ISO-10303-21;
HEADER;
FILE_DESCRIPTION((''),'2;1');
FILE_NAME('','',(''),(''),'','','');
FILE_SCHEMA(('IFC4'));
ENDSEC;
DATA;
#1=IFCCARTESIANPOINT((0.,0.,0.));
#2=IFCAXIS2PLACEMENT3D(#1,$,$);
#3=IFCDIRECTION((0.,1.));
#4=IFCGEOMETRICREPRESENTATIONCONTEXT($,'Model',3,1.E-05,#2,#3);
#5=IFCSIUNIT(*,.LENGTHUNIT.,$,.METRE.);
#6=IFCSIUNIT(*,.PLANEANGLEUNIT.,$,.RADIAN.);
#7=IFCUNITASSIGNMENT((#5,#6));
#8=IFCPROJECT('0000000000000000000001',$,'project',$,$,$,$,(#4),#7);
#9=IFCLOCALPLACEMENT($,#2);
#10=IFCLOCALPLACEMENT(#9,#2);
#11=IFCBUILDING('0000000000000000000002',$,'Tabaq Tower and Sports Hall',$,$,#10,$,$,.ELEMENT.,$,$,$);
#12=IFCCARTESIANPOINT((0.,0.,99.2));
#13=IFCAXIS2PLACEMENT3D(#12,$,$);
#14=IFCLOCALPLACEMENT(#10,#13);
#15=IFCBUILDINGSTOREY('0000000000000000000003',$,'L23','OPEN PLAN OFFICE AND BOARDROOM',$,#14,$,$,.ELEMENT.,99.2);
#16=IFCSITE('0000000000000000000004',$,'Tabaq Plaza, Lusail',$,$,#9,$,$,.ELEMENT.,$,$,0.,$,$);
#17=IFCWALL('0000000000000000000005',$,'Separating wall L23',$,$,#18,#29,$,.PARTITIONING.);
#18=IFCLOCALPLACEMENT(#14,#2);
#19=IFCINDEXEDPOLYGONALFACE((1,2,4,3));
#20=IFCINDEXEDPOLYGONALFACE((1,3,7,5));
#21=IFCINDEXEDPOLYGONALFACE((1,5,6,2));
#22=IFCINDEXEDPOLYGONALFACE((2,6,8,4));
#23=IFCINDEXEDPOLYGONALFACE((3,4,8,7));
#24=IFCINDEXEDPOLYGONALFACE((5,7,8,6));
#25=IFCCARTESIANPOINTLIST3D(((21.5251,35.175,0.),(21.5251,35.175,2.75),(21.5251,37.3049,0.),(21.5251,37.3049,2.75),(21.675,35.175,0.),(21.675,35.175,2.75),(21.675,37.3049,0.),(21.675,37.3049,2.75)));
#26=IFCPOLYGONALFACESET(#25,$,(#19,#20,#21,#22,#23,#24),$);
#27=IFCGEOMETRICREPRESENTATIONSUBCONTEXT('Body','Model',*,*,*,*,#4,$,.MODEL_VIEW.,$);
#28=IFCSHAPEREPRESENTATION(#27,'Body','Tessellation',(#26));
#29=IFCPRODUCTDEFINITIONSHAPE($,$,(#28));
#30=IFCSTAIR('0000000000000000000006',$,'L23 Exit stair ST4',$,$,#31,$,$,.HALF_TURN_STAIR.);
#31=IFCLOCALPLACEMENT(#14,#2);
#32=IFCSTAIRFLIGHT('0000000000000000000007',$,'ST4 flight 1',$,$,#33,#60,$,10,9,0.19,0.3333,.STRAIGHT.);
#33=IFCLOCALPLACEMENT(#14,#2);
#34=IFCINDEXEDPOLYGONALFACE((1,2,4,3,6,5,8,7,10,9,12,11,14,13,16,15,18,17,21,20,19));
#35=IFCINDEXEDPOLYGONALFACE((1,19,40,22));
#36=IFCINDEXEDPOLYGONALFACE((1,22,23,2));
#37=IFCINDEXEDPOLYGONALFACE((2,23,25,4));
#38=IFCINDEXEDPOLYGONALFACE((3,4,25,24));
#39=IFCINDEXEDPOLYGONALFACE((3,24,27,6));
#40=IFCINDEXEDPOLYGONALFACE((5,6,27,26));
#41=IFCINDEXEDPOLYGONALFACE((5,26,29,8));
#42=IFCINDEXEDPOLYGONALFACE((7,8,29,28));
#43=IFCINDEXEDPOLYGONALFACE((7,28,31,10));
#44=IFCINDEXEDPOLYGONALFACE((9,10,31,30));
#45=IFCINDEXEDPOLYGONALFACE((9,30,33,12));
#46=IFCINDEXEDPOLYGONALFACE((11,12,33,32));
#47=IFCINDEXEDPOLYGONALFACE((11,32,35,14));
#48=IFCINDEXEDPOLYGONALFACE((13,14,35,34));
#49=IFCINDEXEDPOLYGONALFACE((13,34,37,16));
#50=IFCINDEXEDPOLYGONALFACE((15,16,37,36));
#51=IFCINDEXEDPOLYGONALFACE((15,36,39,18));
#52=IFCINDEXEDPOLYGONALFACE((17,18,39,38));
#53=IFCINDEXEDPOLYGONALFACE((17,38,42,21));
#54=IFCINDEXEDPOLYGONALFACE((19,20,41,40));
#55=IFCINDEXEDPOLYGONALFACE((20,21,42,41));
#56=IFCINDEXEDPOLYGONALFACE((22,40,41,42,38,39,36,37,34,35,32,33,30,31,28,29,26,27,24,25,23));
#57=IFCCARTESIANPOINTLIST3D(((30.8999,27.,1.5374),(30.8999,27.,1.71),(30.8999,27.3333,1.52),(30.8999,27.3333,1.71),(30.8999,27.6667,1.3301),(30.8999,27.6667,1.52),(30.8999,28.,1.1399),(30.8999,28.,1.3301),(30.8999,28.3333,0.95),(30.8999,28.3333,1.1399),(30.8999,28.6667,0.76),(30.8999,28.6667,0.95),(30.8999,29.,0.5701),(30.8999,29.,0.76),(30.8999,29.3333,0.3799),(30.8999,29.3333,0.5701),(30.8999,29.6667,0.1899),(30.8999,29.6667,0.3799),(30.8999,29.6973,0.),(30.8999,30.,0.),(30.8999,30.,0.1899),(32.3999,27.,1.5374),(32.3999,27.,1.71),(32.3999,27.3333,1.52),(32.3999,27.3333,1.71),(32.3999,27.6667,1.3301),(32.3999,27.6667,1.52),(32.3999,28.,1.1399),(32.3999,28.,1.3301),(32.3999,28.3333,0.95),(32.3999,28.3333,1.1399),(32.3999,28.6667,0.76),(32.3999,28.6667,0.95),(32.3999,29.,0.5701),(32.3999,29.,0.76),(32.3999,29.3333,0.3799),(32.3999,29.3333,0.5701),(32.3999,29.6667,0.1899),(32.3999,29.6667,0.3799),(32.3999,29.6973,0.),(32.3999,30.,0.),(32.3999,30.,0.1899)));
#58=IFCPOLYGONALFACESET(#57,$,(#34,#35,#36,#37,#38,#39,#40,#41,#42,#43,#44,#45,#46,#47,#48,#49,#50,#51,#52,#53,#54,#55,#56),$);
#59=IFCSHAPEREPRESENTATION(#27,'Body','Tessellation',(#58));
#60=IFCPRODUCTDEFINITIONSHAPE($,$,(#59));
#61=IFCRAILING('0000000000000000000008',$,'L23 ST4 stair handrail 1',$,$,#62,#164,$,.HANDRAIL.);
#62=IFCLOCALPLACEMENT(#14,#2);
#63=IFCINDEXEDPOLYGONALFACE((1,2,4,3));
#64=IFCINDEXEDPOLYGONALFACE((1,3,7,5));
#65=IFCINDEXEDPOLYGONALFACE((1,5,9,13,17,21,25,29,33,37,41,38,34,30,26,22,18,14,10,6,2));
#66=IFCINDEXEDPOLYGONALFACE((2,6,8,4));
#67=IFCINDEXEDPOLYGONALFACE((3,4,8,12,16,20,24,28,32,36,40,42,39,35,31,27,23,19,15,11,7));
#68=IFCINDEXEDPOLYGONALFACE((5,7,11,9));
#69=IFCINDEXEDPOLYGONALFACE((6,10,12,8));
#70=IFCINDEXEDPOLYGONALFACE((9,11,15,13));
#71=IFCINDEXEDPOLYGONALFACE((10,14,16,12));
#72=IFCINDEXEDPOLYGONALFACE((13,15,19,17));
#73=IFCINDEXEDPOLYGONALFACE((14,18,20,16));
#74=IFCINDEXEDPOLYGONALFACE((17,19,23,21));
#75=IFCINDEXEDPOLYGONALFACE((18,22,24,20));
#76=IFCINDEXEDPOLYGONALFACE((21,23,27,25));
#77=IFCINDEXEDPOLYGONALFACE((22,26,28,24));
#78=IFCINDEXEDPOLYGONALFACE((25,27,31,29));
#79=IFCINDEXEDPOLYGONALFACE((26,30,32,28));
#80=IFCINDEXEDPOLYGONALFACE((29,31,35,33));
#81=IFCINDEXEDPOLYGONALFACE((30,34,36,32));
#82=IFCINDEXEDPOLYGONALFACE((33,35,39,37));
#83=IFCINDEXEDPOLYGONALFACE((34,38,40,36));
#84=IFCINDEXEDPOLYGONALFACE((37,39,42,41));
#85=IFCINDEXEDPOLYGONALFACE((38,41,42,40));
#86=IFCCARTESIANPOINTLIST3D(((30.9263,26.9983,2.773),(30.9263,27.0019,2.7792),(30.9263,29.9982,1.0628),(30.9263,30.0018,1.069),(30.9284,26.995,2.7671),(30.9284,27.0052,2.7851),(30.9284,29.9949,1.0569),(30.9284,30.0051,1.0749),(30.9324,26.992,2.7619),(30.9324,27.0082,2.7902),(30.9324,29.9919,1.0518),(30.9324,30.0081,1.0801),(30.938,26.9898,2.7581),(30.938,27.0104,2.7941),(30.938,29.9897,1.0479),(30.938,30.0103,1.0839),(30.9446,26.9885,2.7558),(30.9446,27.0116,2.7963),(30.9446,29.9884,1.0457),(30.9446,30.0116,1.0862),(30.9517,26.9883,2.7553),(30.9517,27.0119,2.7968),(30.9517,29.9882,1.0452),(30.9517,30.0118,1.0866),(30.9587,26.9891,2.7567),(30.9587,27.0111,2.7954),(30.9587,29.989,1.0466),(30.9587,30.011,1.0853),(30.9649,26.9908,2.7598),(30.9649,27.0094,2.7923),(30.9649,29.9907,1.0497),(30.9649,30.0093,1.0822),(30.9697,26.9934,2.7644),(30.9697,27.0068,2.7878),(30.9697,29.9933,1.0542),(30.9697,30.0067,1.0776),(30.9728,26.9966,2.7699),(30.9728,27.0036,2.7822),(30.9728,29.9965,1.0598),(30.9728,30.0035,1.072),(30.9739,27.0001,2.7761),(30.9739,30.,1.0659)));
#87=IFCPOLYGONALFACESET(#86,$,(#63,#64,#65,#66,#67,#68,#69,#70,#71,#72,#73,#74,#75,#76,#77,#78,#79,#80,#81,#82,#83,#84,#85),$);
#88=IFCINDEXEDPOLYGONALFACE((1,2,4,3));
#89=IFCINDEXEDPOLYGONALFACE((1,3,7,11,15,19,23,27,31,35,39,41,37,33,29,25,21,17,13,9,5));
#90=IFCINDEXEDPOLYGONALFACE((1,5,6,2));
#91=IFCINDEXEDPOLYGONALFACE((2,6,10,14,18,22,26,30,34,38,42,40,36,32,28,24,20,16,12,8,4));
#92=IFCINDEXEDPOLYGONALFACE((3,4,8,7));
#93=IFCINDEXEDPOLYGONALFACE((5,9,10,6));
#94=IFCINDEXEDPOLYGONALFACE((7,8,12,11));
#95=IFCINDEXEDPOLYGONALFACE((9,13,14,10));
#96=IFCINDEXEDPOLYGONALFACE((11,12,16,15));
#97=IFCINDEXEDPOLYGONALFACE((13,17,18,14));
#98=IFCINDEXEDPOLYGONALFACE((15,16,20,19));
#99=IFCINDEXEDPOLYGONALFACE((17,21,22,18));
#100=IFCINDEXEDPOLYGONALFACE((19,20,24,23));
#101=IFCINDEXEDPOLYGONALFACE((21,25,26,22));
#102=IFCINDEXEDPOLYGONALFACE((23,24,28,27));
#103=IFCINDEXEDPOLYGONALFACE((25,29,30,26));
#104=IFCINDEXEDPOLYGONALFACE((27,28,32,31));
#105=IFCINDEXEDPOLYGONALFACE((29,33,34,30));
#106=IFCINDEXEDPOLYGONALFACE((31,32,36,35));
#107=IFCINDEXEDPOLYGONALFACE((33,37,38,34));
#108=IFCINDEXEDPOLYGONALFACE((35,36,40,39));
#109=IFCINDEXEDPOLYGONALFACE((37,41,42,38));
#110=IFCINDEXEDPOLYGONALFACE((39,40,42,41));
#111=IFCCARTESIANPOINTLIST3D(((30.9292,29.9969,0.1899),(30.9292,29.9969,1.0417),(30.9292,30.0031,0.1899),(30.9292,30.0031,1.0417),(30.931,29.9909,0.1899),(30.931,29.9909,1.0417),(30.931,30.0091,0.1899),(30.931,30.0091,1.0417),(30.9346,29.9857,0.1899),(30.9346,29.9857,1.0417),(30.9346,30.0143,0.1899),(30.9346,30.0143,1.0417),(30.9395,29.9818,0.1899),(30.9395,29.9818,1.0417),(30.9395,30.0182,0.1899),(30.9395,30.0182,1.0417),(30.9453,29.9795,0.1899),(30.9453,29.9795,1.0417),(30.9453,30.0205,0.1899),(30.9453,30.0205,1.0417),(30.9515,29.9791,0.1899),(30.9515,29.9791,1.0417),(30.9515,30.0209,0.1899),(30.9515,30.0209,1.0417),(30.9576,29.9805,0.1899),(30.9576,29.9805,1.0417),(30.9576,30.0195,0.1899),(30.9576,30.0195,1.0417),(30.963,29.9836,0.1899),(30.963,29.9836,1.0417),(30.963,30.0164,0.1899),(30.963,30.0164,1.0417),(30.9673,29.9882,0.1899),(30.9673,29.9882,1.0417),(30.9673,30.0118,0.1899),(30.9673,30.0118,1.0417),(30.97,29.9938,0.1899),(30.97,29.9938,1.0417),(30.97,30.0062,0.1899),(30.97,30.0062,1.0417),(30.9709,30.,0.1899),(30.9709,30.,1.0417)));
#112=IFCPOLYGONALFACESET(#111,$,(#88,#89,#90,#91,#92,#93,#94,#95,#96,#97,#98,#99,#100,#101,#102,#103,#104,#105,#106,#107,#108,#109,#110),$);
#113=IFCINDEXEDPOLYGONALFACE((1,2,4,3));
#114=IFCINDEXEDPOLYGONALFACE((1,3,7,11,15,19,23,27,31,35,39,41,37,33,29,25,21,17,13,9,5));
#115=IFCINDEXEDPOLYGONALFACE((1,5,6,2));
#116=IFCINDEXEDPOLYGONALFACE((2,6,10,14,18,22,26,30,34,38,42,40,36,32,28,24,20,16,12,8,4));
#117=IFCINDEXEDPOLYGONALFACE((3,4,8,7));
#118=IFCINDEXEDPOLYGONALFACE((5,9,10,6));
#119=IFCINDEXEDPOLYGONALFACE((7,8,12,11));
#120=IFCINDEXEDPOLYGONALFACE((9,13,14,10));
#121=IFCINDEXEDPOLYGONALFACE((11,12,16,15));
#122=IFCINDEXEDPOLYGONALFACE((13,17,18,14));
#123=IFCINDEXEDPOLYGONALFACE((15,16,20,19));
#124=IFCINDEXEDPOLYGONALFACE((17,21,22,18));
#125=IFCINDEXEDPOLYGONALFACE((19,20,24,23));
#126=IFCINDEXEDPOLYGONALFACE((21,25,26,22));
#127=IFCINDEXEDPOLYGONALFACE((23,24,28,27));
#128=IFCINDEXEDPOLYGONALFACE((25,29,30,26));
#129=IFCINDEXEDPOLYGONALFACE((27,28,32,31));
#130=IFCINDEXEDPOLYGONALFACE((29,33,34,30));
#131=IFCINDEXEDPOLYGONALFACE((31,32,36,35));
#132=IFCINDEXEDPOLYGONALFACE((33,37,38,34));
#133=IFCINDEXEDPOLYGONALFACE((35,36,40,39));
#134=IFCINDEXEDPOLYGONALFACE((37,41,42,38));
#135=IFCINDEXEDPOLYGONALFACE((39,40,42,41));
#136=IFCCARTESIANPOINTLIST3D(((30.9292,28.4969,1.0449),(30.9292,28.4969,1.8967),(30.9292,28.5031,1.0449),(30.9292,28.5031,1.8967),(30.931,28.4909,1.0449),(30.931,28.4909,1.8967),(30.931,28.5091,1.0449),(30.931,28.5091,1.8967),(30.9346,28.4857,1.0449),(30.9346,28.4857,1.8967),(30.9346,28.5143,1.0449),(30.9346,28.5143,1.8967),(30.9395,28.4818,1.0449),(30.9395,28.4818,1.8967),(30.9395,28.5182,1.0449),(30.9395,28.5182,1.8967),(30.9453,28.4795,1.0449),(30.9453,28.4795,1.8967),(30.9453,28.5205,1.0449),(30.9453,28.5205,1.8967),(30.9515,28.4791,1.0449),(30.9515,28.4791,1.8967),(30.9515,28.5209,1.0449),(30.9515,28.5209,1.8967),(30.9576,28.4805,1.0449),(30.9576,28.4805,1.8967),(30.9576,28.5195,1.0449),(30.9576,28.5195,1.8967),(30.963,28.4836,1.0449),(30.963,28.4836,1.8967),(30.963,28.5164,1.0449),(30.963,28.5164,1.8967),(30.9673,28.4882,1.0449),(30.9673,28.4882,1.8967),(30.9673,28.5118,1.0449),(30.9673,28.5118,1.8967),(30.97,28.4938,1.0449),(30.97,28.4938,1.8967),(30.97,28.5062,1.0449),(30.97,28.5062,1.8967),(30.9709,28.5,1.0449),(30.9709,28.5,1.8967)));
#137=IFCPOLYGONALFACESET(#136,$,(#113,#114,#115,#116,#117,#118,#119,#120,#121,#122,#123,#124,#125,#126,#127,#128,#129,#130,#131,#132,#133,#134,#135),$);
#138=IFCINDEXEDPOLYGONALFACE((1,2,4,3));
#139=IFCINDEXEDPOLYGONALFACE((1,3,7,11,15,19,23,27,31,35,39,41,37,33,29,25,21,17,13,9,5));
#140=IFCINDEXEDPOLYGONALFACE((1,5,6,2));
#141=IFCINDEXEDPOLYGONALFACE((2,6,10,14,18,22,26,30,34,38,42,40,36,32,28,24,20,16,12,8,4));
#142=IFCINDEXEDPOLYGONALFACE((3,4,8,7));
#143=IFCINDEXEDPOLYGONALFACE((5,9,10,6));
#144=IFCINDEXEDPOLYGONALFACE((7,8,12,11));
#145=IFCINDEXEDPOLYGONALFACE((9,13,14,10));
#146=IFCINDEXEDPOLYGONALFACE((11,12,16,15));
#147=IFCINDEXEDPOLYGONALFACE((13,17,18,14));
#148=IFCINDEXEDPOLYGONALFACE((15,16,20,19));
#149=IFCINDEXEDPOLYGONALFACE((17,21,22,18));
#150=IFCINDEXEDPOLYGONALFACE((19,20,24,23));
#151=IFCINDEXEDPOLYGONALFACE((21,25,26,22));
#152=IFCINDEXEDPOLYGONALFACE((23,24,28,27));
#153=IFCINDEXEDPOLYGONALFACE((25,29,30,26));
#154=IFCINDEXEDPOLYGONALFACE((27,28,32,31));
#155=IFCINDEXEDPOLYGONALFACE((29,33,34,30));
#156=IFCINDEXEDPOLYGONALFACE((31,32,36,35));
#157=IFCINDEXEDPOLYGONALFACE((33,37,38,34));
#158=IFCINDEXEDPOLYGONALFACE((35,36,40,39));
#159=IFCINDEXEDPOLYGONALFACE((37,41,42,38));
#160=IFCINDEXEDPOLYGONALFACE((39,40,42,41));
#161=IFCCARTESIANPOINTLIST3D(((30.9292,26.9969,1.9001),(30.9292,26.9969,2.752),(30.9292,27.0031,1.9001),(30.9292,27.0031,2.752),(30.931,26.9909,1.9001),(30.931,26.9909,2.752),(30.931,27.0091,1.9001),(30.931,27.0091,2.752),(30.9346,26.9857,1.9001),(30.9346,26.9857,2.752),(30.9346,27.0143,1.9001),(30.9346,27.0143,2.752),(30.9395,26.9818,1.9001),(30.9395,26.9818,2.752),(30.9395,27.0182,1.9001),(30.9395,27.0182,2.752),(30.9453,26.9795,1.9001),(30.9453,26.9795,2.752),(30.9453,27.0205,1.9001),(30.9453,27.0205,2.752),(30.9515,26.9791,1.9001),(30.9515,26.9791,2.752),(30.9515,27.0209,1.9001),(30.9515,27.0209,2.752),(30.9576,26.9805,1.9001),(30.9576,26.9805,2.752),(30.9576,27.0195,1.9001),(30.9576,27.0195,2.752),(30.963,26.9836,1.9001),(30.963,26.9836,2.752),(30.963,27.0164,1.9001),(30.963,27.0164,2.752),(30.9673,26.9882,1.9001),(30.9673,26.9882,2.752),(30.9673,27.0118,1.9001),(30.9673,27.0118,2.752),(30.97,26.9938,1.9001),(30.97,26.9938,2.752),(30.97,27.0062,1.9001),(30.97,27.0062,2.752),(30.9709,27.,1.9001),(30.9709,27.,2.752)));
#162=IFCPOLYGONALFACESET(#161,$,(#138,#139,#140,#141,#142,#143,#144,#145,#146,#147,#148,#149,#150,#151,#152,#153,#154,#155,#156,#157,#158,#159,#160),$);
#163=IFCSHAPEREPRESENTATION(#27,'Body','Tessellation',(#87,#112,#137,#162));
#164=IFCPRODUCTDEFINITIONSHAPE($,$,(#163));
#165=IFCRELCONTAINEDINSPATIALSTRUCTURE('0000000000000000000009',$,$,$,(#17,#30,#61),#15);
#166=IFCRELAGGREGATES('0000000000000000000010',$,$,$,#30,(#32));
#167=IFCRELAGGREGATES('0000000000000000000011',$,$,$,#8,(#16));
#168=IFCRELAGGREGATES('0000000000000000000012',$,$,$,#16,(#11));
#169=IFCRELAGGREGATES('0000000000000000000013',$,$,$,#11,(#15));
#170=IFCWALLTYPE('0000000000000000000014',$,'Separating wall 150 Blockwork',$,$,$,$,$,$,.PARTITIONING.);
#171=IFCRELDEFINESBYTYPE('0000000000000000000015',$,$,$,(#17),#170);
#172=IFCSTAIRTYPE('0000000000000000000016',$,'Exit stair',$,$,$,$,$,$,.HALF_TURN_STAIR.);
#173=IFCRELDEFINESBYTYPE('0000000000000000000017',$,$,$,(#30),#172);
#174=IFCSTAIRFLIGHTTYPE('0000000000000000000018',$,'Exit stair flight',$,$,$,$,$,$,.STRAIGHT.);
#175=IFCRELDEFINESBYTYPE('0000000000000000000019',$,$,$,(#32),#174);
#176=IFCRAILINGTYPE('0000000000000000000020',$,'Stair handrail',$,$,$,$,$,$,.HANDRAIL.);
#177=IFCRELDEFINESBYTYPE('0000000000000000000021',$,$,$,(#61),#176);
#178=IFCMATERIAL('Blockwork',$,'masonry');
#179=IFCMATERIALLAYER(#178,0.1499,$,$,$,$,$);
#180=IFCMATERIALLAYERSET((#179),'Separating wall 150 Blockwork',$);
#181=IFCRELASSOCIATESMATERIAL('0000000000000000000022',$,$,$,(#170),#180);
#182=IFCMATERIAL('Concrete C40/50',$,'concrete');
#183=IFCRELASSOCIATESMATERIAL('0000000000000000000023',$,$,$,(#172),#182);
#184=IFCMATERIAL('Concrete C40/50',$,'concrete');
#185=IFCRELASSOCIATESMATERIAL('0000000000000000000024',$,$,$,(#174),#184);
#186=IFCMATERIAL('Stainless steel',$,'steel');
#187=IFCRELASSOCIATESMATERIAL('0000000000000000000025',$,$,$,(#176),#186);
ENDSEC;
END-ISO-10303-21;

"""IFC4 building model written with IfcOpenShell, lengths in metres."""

from ifc_helpers import new_model, si_unit, direction, frame, frame_2d, origin, origin_2d, place, context, subcontext, project, spatial, polyline, rectangle, circle, outline, extrude, material, layer, layer_set, type_object, element, aggregate, save


model = new_model("IFC4")

# Units and contexts
model_context = context("Model", 3, precision=1e-05, world=origin(), true_north=direction((0.0, 1.0)))
body_context = subcontext(model_context, "Body", "Model", "MODEL_VIEW")
ifc_project = project(units=[si_unit("LENGTHUNIT", "METRE"), si_unit("PLANEANGLEUNIT", "RADIAN")], contexts=[model_context])

# Site, building, storey
site_placement = place(None, origin())
site = spatial("IfcSite", under=ifc_project, at=site_placement, Name="Tabaq Plaza, Lusail", CompositionType="ELEMENT", RefElevation=0.0)
building_placement = place(site_placement, origin())
building = spatial("IfcBuilding", under=site, at=building_placement, Name="Tabaq Tower and Sports Hall", CompositionType="ELEMENT")
storey_placement = place(building_placement, frame((0.0, 0.0, 99.2)))
storey = spatial("IfcBuildingStorey", under=building, at=storey_placement, Name="L23", Description="OPEN PLAN OFFICE AND BOARDROOM", CompositionType="ELEMENT", Elevation=99.2)

# Wall
ifc_material_1 = material(Name="Blockwork", Category="masonry")
ifc_layer_1 = layer(ifc_material_1, 0.1499)
ifc_layer_set_1 = layer_set([ifc_layer_1], Name="Separating wall 150 Blockwork")
wall_type_1 = type_object("IfcWallType", Name="Separating wall 150 Blockwork", PredefinedType="PARTITIONING", material=ifc_layer_set_1)
wall_1_placement = place(storey_placement, frame((21.6001, 35.175, 0.0), z_axis=(0.0, 0.0, 1.0), x_axis=(0.0, 1.0, 0.0)))
element("IfcWall", 1, at=wall_1_placement, inside=storey, type_object=wall_type_1, Name="Separating wall L23", PredefinedType="PARTITIONING", context=body_context, shape_type="SweptSolid", body=[
    extrude(rectangle(XDim=2.1299, YDim=0.1499, at=frame_2d((1.0649, 0.0))), origin(), (0.0, 0.0, 1.0), 2.75),
])

# Stair, stair flight
ifc_material_2 = material(Name="Concrete C40/50", Category="concrete")
stair_type = type_object("IfcStairType", Name="Exit stair", PredefinedType="HALF_TURN_STAIR", material=ifc_material_2)
stair_placement = place(storey_placement, origin())
stair = element("IfcStair", 2, at=stair_placement, inside=storey, type_object=stair_type, Name="L23 Exit stair ST4", PredefinedType="HALF_TURN_STAIR")
ifc_material_3 = material(Name="Concrete C40/50", Category="concrete")
stair_flight_type = type_object("IfcStairFlightType", Name="Exit stair flight", PredefinedType="STRAIGHT", material=ifc_material_3)
stair_flight_placement = place(storey_placement, frame((31.6499, 30.0, 0.0), z_axis=(0.0, 0.0, 1.0), x_axis=(0.0, -1.0, 0.0)))
stair_flight = element("IfcStairFlight", 3, at=stair_flight_placement, type_object=stair_flight_type, Name="ST4 flight 1", NumberOfRisers=10, NumberOfTreads=9, PredefinedType="STRAIGHT", RiserHeight=0.19, TreadLength=0.3333, context=body_context, shape_type="SweptSolid", body=[
    extrude(outline(polyline([(0.0, 0.0), (0.0, 0.1899), (0.3333, 0.1899), (0.3333, 0.3799), (0.6667, 0.3799), (0.6667, 0.5701), (1.0, 0.5701), (1.0, 0.76), (1.3333, 0.76), (1.3333, 0.95), (1.6667, 0.95), (1.6667, 1.1399), (2.0, 1.1399), (2.0, 1.3301), (2.3333, 1.3301), (2.3333, 1.52), (2.6667, 1.52), (2.6667, 1.71), (3.0, 1.71), (3.0, 1.8999), (3.0, 1.5374), (0.3027, 0.0), (0.0, 0.0)])), frame((0.0, 0.75, 0.0), z_axis=(0.0, -1.0, 0.0), x_axis=(1.0, 0.0, 0.0)), (0.0, 0.0, 1.0), 1.5),
])
aggregate(stair, [stair_flight])

# Railing
ifc_material_4 = material(Name="Stainless steel", Category="steel")
railing_type = type_object("IfcRailingType", Name="Stair handrail", PredefinedType="HANDRAIL", material=ifc_material_4)
railing_placement = place(storey_placement, frame((30.95, 30.0, 0.1899)))
element("IfcRailing", 4, at=railing_placement, inside=storey, type_object=railing_type, Name="L23 ST4 stair handrail 1", PredefinedType="HANDRAIL", context=body_context, shape_type="SweptSolid", body=[
    extrude(circle(Radius=0.0239, at=origin_2d()), frame((0.0, 0.0, 0.876), z_axis=(0.0, -0.868752, 0.495248), x_axis=(1.0, 0.0, 0.0)), (0.0, 0.0, 1.0), 3.4531),
    extrude(circle(Radius=0.021, at=origin_2d()), origin(), (0.0, 0.0, 1.0), 0.8518),
    extrude(circle(Radius=0.021, at=origin_2d()), frame((0.0, -1.5, 0.855)), (0.0, 0.0, 1.0), 0.8518),
    extrude(circle(Radius=0.021, at=origin_2d()), frame((0.0, -3.0, 1.7102)), (0.0, 0.0, 1.0), 0.8518),
])

save(model, "model.ifc")
